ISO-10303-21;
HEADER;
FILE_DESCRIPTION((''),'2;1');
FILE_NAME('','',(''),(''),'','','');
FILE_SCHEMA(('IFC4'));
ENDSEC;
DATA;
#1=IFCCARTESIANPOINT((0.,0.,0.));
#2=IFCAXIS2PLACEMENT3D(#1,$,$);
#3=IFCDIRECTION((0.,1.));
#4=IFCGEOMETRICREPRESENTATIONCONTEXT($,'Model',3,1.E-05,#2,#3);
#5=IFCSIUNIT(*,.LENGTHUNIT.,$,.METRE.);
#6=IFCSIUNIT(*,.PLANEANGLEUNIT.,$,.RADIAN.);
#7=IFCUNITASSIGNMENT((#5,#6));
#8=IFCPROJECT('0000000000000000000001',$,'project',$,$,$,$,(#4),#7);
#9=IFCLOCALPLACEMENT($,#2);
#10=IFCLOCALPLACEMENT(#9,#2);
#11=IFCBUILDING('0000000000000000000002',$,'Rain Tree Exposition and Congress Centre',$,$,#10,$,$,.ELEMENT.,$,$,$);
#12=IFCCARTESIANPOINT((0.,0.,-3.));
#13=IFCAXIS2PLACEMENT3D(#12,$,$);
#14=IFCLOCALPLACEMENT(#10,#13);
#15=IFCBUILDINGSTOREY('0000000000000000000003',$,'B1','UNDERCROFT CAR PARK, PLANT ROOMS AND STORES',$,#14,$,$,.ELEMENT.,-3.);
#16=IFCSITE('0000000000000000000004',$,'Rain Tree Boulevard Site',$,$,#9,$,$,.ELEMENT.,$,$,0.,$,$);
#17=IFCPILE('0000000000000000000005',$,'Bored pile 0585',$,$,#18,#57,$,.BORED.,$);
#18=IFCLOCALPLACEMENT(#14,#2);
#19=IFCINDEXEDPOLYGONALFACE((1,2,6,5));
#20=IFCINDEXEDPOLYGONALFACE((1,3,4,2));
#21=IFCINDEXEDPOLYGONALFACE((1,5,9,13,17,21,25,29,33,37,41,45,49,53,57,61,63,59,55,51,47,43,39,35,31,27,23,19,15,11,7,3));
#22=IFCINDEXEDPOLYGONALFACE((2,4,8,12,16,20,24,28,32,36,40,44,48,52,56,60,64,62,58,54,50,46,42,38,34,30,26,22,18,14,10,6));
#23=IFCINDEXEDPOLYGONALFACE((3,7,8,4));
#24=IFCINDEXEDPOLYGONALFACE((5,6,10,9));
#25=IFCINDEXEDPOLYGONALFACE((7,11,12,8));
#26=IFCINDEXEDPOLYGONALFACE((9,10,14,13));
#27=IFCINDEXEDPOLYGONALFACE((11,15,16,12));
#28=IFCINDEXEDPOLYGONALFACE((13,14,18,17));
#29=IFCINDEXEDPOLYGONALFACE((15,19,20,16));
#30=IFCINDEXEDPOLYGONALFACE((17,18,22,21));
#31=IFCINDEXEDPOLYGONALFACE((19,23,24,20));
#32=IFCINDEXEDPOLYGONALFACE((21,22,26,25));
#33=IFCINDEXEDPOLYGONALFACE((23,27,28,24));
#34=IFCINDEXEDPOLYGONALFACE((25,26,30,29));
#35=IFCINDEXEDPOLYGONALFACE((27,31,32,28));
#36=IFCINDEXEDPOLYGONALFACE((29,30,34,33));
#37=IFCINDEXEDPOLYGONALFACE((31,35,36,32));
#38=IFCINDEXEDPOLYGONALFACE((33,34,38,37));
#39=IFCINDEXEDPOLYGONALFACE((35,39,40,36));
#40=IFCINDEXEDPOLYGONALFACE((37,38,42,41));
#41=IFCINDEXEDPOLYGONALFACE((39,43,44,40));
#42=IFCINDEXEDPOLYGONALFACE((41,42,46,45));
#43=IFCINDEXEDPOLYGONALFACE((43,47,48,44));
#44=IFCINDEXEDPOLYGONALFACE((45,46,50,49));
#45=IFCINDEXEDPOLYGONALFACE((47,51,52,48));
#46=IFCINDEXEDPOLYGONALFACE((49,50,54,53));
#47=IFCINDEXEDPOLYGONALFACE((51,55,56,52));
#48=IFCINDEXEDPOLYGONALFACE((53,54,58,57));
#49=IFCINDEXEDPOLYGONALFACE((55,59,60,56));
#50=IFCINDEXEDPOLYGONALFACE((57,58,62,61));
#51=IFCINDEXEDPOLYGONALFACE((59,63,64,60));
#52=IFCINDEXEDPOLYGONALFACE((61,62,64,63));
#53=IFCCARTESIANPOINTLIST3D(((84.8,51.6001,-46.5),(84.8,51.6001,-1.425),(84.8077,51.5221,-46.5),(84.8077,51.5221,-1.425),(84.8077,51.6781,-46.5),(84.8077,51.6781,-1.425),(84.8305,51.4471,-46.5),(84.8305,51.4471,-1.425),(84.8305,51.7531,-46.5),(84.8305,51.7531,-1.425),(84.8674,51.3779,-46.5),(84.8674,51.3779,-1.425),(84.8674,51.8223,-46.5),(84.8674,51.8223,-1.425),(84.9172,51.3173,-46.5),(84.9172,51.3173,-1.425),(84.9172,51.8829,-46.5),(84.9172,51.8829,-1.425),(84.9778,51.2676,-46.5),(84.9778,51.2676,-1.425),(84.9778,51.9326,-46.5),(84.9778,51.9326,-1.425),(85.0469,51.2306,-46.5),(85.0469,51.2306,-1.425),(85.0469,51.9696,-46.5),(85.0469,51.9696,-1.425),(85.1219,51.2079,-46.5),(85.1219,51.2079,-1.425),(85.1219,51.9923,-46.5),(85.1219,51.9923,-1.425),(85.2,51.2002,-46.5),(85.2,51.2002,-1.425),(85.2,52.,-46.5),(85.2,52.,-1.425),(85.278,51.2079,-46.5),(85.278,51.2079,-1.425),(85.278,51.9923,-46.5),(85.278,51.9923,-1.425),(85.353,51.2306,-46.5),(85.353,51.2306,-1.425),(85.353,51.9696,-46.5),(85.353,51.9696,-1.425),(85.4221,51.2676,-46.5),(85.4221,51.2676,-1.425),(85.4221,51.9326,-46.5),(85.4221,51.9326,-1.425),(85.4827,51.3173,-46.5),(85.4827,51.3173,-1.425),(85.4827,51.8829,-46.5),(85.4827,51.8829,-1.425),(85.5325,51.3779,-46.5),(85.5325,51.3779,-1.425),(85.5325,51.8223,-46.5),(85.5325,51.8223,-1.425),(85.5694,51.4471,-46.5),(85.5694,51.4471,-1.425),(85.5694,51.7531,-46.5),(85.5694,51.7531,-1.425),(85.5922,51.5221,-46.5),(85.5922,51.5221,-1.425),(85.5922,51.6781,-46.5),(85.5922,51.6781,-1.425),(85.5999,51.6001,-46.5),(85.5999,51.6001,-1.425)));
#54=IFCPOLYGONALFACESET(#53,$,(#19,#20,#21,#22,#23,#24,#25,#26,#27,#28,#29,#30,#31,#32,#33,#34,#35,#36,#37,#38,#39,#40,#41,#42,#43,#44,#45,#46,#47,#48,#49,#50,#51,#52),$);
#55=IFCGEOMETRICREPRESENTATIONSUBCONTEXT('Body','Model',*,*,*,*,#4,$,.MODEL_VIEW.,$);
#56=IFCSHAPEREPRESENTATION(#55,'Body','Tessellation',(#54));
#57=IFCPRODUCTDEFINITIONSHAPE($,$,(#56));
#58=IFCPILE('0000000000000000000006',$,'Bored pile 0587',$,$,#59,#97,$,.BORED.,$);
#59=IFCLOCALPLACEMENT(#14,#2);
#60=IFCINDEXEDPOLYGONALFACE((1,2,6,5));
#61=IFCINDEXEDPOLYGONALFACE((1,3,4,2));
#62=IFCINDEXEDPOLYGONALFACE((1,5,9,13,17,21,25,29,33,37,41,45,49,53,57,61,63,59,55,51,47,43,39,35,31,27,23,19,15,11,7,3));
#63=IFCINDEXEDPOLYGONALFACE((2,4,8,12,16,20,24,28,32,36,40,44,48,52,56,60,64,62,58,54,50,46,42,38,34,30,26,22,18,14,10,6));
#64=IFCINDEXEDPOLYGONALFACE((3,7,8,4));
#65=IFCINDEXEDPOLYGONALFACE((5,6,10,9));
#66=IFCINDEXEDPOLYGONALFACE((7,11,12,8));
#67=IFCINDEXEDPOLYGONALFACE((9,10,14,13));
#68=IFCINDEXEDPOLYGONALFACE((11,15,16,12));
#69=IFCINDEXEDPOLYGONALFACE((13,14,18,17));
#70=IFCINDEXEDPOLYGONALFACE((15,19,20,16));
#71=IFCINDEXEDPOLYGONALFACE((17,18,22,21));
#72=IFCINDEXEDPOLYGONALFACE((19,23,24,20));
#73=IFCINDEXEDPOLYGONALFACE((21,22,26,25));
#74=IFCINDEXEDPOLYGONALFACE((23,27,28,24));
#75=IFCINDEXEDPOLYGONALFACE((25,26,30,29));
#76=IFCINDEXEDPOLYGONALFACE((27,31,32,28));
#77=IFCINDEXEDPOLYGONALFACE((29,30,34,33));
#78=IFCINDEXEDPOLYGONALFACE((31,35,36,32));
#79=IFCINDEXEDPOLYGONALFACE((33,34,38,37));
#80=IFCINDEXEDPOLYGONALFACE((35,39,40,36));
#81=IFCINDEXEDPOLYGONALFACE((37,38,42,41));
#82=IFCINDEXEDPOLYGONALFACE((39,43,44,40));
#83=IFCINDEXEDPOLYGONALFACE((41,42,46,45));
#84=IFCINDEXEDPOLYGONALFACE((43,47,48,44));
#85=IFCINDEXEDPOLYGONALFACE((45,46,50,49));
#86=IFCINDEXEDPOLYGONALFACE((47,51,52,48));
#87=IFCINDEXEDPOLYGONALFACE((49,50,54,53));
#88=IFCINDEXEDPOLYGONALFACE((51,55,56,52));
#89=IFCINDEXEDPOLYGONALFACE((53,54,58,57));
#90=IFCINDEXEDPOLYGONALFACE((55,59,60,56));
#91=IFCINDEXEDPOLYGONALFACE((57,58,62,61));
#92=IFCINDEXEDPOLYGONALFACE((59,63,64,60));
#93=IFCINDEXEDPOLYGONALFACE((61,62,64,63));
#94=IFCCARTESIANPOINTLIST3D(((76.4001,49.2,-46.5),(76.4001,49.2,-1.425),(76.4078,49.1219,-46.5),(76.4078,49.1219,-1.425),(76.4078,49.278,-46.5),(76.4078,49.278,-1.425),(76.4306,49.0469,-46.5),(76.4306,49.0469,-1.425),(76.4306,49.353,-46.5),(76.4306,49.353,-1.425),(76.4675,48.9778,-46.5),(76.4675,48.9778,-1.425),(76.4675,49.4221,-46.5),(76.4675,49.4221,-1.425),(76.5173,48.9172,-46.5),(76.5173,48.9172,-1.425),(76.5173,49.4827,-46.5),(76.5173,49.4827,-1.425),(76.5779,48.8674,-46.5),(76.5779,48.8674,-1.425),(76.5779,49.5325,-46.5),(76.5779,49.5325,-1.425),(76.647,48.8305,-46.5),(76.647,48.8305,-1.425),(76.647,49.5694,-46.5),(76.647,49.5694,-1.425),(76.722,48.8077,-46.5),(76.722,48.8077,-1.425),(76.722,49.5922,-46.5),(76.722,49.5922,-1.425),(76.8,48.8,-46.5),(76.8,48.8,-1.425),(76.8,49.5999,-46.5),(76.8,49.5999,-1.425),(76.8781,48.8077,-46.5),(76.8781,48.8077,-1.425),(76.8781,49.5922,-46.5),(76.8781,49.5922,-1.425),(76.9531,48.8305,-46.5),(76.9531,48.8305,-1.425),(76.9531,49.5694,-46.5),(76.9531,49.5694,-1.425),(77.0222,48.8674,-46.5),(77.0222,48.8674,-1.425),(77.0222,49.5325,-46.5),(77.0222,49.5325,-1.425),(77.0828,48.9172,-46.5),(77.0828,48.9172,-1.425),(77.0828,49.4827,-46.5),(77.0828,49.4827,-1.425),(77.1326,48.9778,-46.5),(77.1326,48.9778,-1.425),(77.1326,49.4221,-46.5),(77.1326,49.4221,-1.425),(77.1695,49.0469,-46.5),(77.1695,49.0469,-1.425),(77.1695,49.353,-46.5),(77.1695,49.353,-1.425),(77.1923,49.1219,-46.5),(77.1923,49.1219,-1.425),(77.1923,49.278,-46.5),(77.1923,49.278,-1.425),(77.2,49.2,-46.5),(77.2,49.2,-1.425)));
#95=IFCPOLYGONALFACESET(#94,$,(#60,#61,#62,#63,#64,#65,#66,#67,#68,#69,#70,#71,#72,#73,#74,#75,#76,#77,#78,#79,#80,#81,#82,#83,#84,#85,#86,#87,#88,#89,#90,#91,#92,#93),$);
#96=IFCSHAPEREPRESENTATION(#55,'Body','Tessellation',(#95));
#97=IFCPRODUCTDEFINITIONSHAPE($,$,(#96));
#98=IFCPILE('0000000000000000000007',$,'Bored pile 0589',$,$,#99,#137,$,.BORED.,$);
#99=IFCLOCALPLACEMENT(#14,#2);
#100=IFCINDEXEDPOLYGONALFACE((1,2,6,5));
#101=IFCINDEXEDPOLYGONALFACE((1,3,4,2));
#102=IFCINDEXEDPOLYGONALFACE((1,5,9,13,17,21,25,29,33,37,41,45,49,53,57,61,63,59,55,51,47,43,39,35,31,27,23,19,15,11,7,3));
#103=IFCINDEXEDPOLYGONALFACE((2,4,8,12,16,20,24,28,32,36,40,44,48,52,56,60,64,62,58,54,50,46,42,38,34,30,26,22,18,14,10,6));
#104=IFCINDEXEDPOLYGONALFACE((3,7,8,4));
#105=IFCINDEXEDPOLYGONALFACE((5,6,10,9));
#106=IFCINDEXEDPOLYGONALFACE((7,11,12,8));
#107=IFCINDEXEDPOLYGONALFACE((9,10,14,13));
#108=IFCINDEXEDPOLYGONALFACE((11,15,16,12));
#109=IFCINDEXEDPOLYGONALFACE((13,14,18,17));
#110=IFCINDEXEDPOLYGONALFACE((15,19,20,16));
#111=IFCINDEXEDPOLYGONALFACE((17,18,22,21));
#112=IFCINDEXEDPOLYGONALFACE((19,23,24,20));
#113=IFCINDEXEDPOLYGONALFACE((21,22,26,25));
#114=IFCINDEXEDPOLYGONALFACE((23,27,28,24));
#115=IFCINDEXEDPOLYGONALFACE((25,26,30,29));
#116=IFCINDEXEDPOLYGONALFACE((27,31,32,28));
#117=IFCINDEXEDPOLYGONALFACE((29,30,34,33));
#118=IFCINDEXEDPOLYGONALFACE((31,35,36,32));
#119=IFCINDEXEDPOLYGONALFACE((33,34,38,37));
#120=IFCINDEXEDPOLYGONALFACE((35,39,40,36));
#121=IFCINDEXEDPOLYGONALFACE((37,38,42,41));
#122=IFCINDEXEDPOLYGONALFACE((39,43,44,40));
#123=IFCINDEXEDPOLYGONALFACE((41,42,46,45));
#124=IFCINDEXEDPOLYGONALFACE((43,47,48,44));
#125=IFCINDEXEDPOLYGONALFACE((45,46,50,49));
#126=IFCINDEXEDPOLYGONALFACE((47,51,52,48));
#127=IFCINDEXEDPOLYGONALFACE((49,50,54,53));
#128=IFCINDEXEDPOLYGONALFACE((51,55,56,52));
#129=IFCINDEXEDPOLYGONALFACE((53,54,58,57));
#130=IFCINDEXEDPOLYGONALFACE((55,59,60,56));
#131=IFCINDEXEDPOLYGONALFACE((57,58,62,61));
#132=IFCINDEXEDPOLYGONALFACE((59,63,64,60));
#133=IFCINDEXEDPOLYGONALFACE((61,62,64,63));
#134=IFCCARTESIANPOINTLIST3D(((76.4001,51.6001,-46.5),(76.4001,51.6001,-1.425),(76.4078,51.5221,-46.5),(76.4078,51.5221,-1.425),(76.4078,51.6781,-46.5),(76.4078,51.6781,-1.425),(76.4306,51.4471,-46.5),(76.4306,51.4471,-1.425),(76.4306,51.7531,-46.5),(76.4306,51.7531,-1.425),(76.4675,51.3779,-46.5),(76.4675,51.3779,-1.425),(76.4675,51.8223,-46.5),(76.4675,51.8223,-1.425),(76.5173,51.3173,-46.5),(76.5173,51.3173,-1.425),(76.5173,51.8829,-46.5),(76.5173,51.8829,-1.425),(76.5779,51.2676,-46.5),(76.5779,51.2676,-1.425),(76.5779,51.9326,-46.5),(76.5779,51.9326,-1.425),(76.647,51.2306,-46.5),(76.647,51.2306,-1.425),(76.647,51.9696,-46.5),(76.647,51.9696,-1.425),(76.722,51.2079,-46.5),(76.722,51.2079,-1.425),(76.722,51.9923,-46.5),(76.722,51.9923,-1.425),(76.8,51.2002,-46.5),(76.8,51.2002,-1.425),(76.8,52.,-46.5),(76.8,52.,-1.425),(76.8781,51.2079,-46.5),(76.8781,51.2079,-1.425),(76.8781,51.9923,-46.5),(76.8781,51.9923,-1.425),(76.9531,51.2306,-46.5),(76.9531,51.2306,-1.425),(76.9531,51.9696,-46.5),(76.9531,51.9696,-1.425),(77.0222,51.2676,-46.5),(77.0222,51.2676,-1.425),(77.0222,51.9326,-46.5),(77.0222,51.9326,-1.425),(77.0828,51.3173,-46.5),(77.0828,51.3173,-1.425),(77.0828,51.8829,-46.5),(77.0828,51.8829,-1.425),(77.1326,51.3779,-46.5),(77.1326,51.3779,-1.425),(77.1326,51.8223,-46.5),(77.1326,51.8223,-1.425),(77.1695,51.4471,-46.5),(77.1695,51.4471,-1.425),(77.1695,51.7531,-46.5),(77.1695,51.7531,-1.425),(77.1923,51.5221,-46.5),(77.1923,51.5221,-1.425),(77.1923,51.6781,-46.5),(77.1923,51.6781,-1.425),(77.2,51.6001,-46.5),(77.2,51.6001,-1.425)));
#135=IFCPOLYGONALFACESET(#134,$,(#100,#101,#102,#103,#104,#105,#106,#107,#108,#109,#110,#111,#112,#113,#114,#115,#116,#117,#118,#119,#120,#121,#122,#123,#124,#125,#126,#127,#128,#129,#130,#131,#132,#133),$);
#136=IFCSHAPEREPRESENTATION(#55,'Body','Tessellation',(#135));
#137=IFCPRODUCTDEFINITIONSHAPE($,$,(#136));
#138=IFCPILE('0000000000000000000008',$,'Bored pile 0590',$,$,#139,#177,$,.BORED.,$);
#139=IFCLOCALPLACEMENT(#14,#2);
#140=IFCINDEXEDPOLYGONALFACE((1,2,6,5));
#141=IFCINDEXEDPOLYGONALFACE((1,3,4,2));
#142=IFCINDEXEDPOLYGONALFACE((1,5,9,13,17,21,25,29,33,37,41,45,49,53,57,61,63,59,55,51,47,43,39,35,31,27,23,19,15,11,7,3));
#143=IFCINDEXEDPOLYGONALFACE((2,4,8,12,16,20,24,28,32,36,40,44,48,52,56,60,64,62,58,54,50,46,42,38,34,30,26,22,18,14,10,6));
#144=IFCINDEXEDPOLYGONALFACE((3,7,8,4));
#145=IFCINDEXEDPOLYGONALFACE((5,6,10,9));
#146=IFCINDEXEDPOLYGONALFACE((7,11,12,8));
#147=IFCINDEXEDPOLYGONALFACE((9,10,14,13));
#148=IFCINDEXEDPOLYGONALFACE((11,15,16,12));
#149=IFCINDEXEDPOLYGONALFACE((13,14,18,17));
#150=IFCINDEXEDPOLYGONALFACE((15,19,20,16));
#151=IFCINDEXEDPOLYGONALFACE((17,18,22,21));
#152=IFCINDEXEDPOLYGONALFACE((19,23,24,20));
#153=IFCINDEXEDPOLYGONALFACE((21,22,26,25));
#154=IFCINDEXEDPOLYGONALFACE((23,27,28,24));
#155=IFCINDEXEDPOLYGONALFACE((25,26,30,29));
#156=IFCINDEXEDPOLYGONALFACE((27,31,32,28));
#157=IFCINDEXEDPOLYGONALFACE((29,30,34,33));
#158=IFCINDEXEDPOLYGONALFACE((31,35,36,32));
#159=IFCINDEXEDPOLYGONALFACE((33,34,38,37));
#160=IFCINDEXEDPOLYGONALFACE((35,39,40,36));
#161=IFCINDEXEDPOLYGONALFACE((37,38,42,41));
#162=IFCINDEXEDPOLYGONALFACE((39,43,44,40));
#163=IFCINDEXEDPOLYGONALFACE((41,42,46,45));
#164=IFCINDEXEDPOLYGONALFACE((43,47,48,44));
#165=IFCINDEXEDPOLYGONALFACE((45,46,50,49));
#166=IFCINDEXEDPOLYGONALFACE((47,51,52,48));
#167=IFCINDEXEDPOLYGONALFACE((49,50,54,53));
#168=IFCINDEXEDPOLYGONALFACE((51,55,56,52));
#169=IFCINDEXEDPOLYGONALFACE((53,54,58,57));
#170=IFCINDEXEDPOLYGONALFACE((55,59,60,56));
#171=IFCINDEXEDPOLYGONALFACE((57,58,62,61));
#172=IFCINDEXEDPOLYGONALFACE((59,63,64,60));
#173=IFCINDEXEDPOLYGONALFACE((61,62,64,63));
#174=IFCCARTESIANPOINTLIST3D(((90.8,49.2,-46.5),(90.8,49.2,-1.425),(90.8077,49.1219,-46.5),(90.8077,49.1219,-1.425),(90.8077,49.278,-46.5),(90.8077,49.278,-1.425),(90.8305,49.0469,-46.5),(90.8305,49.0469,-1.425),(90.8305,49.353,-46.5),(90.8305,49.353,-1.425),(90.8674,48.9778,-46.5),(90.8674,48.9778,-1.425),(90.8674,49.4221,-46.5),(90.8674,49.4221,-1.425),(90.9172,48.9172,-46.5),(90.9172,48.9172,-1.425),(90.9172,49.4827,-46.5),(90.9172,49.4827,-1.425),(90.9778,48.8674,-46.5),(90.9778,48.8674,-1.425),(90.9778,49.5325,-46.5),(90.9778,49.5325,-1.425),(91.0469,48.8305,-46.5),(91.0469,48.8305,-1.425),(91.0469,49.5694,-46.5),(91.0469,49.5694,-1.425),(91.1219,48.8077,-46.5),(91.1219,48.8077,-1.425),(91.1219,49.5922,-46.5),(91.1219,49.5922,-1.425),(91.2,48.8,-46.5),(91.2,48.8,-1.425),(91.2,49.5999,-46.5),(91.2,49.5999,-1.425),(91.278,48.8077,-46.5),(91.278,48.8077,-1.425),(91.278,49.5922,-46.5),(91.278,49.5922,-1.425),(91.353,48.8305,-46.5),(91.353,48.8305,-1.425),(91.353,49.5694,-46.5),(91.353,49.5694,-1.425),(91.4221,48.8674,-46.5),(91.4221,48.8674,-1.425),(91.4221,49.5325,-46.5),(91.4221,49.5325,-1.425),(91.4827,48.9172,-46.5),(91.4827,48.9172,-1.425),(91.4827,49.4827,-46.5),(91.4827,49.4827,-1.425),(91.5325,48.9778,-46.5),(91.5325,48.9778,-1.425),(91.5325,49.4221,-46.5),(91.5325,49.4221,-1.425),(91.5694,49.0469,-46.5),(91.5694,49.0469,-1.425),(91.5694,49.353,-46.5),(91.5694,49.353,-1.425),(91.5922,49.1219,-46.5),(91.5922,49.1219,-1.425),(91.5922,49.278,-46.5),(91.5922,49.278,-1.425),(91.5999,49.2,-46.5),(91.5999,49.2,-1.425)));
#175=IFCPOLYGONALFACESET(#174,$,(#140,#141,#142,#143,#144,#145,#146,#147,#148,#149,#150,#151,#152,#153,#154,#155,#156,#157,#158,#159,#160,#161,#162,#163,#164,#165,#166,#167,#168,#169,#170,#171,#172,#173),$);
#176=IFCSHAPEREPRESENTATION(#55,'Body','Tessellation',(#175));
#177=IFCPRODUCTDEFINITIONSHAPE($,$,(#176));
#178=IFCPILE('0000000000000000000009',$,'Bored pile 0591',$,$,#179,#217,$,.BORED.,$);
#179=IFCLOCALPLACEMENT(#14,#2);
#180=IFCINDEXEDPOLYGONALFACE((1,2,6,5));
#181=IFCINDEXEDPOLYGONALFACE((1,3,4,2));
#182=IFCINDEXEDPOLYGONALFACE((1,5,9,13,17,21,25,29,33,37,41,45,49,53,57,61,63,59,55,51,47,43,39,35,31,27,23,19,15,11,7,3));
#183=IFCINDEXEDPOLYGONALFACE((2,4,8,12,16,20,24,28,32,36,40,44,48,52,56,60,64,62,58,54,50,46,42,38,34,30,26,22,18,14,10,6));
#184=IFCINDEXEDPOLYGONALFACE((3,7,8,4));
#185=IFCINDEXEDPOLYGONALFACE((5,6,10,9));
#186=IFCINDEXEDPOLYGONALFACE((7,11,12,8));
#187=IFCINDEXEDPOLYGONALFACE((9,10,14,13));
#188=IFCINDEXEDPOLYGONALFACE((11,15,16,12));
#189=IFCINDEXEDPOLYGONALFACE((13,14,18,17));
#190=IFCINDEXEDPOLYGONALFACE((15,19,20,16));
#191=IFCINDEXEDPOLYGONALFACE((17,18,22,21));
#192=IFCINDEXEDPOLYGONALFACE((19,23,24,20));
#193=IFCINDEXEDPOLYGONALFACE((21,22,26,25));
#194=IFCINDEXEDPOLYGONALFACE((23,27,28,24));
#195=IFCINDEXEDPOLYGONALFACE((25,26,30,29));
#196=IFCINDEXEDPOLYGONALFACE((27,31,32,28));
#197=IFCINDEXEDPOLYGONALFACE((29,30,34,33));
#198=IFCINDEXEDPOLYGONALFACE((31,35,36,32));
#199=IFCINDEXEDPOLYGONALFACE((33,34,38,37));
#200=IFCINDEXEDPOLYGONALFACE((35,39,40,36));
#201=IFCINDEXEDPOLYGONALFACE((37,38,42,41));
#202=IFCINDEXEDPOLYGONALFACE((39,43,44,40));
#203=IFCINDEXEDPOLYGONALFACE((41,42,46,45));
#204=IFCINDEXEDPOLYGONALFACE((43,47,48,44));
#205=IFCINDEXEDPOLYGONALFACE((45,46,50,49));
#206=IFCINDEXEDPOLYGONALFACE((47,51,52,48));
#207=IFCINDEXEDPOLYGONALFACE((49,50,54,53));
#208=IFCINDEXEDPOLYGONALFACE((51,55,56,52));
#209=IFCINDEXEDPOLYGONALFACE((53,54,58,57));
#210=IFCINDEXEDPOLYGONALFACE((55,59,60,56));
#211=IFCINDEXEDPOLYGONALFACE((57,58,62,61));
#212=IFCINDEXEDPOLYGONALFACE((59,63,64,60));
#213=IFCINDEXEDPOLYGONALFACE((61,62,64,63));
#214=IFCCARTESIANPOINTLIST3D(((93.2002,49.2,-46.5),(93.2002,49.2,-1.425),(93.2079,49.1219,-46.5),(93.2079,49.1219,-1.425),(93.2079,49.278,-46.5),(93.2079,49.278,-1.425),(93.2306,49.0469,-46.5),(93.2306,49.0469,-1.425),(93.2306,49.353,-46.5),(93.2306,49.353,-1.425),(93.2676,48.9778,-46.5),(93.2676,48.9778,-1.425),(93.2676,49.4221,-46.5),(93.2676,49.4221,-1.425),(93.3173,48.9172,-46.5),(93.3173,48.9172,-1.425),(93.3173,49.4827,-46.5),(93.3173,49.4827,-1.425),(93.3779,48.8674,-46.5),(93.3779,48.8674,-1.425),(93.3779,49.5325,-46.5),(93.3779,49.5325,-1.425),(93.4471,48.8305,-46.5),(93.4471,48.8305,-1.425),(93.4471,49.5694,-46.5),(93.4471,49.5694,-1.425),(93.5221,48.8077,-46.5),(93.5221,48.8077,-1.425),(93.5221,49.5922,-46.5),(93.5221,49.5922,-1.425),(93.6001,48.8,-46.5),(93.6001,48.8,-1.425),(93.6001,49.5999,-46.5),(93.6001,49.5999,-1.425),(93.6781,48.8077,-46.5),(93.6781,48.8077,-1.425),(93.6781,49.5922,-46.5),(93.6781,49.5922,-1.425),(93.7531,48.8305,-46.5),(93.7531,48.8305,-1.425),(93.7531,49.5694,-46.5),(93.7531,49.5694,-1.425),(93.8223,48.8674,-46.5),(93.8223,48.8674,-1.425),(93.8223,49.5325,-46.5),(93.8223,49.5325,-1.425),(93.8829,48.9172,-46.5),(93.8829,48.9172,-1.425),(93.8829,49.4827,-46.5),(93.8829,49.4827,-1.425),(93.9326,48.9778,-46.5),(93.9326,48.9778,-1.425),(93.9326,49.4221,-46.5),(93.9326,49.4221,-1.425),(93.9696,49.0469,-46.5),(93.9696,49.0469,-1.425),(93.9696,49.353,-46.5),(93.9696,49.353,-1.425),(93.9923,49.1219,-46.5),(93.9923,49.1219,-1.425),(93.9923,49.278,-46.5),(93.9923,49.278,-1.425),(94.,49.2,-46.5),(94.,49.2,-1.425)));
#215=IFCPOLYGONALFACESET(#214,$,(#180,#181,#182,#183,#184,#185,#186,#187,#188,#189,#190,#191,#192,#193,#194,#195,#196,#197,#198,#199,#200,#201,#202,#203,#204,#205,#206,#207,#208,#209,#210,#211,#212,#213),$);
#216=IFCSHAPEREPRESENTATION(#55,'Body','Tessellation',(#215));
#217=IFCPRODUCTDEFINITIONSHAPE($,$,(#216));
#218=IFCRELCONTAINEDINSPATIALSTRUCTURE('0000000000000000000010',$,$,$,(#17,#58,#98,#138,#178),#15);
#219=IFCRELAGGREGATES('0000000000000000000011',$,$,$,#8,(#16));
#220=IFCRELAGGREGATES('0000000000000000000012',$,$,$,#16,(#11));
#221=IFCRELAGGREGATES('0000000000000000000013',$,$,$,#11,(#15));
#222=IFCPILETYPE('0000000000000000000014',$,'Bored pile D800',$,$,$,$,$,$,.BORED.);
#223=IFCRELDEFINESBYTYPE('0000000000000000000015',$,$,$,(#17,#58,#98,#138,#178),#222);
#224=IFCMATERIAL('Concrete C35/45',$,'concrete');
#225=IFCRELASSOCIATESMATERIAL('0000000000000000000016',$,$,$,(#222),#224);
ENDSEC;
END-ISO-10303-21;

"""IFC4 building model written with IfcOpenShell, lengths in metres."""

from ifc_helpers import new_model, si_unit, direction, frame, origin, origin_2d, place, context, subcontext, project, spatial, circle, extrude, material, material_profile, profile_set, type_object, element, save


model = new_model("IFC4")

# Units and contexts
model_context = context("Model", 3, precision=1e-05, world=origin(), true_north=direction((0.0, 1.0)))
body_context = subcontext(model_context, "Body", "Model", "MODEL_VIEW")
ifc_project = project(units=[si_unit("LENGTHUNIT", "METRE"), si_unit("PLANEANGLEUNIT", "RADIAN")], contexts=[model_context])

# Site, building, storey
site_placement = place(None, origin())
site = spatial("IfcSite", under=ifc_project, at=site_placement, Name="Rain Tree Boulevard Site", CompositionType="ELEMENT", RefElevation=0.0)
building_placement = place(site_placement, origin())
building = spatial("IfcBuilding", under=site, at=building_placement, Name="Rain Tree Exposition and Congress Centre", CompositionType="ELEMENT")
storey_placement = place(building_placement, frame((0.0, 0.0, -3.0)))
storey = spatial("IfcBuildingStorey", under=building, at=storey_placement, Name="B1", Description="UNDERCROFT CAR PARK, PLANT ROOMS AND STORES", CompositionType="ELEMENT", Elevation=-3.0)

# Piles
ifc_material_1 = material(Name="Concrete C35/45", Category="concrete")
ifc_material_profile_1 = material_profile(ifc_material_1, circle(Radius=0.3999, at=origin_2d()), Name="D800")
ifc_profile_set_1 = profile_set([ifc_material_profile_1], Name="Concrete C35/45")
pile_type = type_object("IfcPileType", Name="Bored pile D800", PredefinedType="BORED", material=ifc_profile_set_1)
for number, where, z_axis, x_axis, name in (
    (1, (85.2, 51.6001, -1.425), (0.0, 0.0, -1.0), (1.0, 0.0, 0.0), "Bored pile 0585"),
    (2, (76.8, 49.2, -1.425), (0.0, 0.0, -1.0), (1.0, 0.0, 0.0), "Bored pile 0587"),
    (3, (76.8, 51.6001, -1.425), (0.0, 0.0, -1.0), (1.0, 0.0, 0.0), "Bored pile 0589"),
    (4, (91.2, 49.2, -1.425), (0.0, 0.0, -1.0), (1.0, 0.0, 0.0), "Bored pile 0590"),
    (5, (93.6001, 49.2, -1.425), (0.0, 0.0, -1.0), (1.0, 0.0, 0.0), "Bored pile 0591"),
):
    element("IfcPile", number, at=place(storey_placement, frame(where, z_axis=z_axis, x_axis=x_axis)), inside=storey, type_object=pile_type, Name=name, PredefinedType="BORED", context=body_context, shape_type="SweptSolid", body=[
        extrude(circle(Radius=0.3999, at=origin_2d()), origin(), (0.0, 0.0, 1.0), 45.075),
    ])

save(model, "model.ifc")
